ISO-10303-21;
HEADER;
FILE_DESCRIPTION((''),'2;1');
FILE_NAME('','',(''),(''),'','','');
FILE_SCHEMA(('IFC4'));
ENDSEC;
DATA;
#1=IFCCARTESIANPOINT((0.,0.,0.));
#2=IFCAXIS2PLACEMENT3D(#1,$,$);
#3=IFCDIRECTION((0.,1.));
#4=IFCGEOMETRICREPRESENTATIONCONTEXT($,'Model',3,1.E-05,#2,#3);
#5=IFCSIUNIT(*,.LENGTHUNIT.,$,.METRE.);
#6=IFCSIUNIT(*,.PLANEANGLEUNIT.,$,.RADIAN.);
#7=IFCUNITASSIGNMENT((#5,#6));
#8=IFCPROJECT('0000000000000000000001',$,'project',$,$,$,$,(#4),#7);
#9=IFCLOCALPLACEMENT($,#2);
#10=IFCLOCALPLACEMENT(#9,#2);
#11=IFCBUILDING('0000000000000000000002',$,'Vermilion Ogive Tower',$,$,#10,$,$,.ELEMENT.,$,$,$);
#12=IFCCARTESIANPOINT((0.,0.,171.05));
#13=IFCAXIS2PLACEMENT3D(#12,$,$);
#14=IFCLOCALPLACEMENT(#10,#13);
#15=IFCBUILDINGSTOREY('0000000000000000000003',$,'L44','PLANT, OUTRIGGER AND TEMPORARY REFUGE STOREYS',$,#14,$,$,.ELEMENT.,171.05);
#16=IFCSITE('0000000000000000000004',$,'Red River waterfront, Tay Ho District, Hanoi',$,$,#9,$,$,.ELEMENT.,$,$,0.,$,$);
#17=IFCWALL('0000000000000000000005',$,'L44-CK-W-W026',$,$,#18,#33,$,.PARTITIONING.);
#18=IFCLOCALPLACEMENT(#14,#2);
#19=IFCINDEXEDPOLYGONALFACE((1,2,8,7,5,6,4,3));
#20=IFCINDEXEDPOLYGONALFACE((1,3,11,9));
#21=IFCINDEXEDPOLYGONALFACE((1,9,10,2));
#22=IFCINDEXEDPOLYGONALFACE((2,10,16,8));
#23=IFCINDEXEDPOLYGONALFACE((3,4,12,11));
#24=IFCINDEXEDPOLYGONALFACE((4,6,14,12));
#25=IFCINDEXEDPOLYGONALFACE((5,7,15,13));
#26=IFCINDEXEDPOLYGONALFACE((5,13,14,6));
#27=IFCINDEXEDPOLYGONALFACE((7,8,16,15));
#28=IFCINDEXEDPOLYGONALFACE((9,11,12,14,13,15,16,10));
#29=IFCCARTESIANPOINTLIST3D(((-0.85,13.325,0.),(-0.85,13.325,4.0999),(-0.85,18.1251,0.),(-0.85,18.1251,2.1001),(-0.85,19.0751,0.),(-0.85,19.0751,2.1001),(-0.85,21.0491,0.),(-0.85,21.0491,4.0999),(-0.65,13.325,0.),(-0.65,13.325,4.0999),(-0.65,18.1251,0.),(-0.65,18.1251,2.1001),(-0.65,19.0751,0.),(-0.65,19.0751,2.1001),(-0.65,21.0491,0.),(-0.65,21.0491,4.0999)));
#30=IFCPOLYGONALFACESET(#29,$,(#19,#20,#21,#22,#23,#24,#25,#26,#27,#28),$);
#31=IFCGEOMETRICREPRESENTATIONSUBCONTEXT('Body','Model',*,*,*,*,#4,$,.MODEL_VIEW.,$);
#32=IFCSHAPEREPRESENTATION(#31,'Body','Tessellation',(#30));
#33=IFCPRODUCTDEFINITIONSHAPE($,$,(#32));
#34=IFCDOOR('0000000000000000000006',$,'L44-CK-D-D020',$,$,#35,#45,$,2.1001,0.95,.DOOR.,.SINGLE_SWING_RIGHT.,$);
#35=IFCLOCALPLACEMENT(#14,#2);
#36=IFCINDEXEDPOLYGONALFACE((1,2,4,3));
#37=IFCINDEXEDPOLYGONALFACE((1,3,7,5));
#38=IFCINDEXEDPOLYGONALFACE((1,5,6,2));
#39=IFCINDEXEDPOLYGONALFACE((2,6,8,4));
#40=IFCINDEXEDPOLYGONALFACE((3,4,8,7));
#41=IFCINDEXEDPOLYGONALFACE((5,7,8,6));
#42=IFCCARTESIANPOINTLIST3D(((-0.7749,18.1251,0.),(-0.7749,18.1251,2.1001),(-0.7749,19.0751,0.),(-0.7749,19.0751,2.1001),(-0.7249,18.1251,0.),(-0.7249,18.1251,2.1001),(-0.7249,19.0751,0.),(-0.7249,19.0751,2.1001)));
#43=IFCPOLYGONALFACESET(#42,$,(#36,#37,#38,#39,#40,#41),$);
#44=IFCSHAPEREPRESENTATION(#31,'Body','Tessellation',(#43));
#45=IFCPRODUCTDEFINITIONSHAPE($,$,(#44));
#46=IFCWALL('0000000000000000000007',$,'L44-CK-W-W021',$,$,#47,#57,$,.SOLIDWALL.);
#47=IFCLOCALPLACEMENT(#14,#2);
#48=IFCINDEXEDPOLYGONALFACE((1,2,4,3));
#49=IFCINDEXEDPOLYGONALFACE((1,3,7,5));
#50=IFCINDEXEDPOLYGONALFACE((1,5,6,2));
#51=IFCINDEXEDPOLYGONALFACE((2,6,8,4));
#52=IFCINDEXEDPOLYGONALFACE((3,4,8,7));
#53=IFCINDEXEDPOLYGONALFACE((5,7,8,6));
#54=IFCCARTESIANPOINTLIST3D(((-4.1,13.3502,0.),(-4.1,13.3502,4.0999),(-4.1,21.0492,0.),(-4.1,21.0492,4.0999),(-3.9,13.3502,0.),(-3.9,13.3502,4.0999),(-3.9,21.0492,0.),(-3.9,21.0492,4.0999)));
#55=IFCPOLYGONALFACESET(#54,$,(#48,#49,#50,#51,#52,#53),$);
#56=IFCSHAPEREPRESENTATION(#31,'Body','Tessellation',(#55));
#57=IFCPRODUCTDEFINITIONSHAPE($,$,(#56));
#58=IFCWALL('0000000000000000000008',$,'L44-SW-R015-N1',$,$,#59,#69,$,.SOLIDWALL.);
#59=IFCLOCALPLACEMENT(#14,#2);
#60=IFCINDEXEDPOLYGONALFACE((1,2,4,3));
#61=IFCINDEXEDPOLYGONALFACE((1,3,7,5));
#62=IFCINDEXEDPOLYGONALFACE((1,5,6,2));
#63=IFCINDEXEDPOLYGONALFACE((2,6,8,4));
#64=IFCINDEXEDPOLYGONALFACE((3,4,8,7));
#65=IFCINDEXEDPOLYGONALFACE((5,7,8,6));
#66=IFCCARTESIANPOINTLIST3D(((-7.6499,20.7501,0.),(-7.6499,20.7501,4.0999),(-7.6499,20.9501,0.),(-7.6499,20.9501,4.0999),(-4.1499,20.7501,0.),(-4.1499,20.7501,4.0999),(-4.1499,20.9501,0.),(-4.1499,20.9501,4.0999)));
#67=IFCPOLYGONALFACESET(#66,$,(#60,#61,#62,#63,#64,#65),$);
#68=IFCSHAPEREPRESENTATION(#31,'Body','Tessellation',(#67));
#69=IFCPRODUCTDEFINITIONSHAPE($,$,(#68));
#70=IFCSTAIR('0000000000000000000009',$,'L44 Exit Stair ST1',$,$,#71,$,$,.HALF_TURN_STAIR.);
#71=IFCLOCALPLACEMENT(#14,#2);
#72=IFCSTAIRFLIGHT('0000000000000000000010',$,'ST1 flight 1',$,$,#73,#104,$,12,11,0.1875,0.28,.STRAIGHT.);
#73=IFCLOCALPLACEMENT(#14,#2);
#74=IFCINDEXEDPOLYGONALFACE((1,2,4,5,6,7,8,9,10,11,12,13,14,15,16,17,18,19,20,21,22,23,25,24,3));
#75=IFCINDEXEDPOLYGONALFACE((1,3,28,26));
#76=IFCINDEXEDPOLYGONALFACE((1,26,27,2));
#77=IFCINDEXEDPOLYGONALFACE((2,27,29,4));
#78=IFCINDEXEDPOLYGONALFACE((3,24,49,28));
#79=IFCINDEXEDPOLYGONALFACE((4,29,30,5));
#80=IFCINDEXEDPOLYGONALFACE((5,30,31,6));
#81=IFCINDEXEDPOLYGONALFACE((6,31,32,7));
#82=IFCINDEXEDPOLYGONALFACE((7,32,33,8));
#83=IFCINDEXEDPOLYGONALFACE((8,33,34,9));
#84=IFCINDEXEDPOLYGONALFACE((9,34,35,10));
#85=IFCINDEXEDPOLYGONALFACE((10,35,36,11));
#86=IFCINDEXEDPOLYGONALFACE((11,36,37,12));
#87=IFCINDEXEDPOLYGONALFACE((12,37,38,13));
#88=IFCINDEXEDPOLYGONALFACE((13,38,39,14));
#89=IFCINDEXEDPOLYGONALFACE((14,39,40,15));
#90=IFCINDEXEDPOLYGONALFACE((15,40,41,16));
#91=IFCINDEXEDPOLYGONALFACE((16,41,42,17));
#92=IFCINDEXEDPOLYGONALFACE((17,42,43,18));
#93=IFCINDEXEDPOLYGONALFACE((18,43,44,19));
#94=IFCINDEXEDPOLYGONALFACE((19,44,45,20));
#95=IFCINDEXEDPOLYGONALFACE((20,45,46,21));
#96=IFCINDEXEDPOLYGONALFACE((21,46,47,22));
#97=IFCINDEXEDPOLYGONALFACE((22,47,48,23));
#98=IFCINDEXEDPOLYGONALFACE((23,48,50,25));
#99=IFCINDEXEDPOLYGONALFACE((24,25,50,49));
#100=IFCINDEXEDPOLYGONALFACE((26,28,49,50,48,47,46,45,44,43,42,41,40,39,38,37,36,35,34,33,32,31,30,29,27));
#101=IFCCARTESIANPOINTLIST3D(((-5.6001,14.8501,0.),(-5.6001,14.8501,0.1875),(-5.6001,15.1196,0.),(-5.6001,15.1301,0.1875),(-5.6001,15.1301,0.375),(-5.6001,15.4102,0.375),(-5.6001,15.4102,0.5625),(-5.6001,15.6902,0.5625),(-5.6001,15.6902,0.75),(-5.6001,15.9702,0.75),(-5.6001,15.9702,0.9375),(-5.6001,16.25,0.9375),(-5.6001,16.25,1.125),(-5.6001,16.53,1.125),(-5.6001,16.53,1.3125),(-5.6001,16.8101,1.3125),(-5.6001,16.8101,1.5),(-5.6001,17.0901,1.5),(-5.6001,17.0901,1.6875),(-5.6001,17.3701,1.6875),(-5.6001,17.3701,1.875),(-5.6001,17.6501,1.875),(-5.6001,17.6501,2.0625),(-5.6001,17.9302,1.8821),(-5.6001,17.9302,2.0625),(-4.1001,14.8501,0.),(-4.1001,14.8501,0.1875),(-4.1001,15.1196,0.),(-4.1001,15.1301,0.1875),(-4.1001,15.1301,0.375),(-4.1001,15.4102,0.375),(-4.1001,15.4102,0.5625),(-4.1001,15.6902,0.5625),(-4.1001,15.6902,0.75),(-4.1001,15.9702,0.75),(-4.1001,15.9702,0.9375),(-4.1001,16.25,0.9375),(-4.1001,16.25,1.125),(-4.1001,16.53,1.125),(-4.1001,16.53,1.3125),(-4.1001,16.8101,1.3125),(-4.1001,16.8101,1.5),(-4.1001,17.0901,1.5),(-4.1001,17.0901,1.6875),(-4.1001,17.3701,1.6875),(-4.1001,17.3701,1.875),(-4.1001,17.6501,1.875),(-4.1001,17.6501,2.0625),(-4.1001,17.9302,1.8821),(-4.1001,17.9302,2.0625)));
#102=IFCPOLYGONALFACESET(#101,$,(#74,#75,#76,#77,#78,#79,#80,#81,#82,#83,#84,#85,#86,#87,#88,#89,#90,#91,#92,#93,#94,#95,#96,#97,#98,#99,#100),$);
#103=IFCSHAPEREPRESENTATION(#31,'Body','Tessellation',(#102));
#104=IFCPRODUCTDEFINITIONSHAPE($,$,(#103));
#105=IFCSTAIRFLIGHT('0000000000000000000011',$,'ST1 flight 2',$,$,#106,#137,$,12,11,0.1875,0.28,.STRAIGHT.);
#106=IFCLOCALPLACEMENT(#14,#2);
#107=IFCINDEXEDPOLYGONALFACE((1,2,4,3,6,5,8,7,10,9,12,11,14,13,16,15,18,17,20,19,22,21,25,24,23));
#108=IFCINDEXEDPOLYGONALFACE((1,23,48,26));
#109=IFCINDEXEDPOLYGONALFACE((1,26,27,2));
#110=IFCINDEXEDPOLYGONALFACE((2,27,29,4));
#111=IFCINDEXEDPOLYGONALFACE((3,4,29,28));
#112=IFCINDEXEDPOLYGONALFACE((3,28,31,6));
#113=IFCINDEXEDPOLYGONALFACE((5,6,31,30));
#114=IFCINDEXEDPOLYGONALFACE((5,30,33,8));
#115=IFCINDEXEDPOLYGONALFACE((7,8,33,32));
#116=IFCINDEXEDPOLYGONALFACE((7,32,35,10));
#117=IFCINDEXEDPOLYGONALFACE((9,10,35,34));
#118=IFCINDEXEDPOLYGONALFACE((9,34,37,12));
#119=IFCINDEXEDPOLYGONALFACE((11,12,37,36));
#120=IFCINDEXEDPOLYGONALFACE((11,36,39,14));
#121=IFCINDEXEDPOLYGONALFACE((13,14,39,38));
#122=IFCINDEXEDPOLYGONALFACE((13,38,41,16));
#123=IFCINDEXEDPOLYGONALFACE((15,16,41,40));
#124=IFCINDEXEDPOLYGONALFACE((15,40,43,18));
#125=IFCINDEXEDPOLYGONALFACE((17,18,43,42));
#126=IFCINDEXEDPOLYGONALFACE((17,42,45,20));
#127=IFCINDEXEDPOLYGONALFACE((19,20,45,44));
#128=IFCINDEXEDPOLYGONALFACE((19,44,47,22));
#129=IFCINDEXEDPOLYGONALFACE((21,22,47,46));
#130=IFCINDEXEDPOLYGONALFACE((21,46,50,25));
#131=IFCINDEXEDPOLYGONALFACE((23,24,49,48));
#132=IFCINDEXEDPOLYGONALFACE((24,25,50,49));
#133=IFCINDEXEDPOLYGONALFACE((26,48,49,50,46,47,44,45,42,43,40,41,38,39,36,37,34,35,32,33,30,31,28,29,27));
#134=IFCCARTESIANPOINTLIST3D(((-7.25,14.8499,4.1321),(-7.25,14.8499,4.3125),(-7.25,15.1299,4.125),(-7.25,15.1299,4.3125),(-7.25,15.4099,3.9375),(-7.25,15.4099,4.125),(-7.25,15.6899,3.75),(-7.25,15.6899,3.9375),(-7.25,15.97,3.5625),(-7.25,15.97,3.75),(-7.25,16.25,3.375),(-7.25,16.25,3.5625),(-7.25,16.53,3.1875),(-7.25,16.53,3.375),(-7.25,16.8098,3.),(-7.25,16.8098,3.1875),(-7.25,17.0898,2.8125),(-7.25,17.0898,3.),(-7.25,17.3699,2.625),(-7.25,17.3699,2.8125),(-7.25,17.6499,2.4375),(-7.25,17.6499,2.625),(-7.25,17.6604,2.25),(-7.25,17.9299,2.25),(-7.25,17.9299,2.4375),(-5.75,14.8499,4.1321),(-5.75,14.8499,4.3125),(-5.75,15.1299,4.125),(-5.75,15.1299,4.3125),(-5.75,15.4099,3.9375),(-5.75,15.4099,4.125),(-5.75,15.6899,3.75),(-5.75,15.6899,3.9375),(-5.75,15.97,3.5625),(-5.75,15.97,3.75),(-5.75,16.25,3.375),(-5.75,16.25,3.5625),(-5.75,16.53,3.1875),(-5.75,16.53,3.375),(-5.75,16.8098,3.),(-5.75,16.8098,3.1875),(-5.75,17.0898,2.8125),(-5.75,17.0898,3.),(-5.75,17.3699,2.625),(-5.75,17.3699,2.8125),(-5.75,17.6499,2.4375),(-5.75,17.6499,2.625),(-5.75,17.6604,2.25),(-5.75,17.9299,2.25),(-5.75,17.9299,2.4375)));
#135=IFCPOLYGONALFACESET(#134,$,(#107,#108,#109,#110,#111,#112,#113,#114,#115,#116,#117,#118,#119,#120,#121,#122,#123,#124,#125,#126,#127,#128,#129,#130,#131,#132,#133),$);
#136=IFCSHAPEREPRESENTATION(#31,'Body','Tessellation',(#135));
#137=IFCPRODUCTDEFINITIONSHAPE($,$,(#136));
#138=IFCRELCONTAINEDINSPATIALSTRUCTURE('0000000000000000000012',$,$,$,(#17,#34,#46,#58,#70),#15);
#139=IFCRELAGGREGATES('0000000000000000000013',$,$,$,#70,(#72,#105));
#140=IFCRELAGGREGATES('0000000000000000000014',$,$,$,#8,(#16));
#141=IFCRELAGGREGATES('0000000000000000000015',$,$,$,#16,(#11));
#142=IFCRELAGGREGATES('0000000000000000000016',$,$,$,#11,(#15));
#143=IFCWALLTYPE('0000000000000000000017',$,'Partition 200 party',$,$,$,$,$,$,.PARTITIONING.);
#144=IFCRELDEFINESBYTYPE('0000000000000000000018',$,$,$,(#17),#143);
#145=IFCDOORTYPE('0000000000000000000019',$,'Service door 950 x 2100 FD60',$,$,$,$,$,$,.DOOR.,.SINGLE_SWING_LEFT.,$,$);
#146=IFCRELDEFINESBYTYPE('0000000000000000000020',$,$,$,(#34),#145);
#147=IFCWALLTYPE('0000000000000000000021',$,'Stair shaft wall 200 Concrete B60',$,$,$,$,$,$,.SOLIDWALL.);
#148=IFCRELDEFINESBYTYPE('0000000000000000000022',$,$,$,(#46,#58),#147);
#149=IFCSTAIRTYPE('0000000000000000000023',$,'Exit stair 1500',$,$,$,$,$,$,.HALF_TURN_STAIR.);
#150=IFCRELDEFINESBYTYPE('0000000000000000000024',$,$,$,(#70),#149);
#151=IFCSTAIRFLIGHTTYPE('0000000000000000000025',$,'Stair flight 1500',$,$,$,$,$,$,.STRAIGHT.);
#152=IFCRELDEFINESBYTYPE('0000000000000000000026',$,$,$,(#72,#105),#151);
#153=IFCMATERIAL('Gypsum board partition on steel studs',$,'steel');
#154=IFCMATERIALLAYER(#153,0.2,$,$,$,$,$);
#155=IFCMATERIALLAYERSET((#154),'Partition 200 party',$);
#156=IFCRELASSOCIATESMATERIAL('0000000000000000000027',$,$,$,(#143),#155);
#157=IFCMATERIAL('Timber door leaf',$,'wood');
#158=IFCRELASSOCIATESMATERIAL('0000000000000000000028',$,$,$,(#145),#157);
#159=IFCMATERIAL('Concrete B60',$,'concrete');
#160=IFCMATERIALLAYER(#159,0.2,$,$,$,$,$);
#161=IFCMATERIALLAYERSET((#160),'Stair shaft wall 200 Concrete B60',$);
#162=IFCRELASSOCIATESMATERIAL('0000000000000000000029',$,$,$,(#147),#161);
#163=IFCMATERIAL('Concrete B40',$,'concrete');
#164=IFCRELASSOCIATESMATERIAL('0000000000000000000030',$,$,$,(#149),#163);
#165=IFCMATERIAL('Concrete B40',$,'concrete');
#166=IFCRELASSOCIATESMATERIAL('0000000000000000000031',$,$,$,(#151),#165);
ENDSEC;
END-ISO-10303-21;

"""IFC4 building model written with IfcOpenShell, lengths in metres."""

from ifc_helpers import new_model, si_unit, direction, frame, frame_2d, origin, place, context, subcontext, project, spatial, polyline, rectangle, outline, extrude, material, layer, layer_set, type_object, element, fill, aggregate, save


model = new_model("IFC4")

# Units and contexts
model_context = context("Model", 3, precision=1e-05, world=origin(), true_north=direction((0.0, 1.0)))
body_context = subcontext(model_context, "Body", "Model", "MODEL_VIEW")
ifc_project = project(units=[si_unit("LENGTHUNIT", "METRE"), si_unit("PLANEANGLEUNIT", "RADIAN")], contexts=[model_context])

# Site, building, storey
site_placement = place(None, origin())
site = spatial("IfcSite", under=ifc_project, at=site_placement, Name="Red River waterfront, Tay Ho District, Hanoi", CompositionType="ELEMENT", RefElevation=0.0)
building_placement = place(site_placement, origin())
building = spatial("IfcBuilding", under=site, at=building_placement, Name="Vermilion Ogive Tower", CompositionType="ELEMENT")
storey_placement = place(building_placement, frame((0.0, 0.0, 171.05)))
storey = spatial("IfcBuildingStorey", under=building, at=storey_placement, Name="L44", Description="PLANT, OUTRIGGER AND TEMPORARY REFUGE STOREYS", CompositionType="ELEMENT", Elevation=171.05)

# Shared definitions
ifc_material_1 = material(Name="Gypsum board partition on steel studs", Category="steel")
ifc_layer_1 = layer(ifc_material_1, 0.2)
ifc_layer_set_1 = layer_set([ifc_layer_1], Name="Partition 200 party")
wall_type_1 = type_object("IfcWallType", Name="Partition 200 party", PredefinedType="PARTITIONING", material=ifc_layer_set_1)

# Wall, opening, door
wall_1_placement = place(storey_placement, frame((-0.75, 13.325, 0.0), z_axis=(0.0, 0.0, 1.0), x_axis=(0.0, 1.0, 0.0)))
wall_1 = element("IfcWall", 1, at=wall_1_placement, inside=storey, type_object=wall_type_1, Name="L44-CK-W-W026", PredefinedType="PARTITIONING", context=body_context, shape_type="SweptSolid", body=[
    extrude(rectangle(XDim=7.7241, YDim=0.2, at=frame_2d((3.8621, 0.0))), origin(), (0.0, 0.0, 1.0), 4.0999),
])
opening_1_placement = place(wall_1_placement, frame((4.8, 0.0, 0.0)))
opening_1 = element("IfcOpeningElement", 2, at=opening_1_placement, cuts=wall_1, PredefinedType="OPENING", context=body_context, shape_type="SweptSolid", body=[
    extrude(rectangle(XDim=0.95, YDim=2.1001, at=frame_2d((0.4751, 1.05))), frame((0.0, 0.1099, 0.0), z_axis=(0.0, -1.0, 0.0), x_axis=(1.0, 0.0, 0.0)), (0.0, 0.0, 1.0), 0.22),
])
ifc_material_2 = material(Name="Timber door leaf", Category="wood")
door_type_1 = type_object("IfcDoorType", Name="Service door 950 x 2100 FD60", OperationType="SINGLE_SWING_LEFT", PredefinedType="DOOR", material=ifc_material_2)
door_1_placement = place(opening_1_placement, origin())
door_1 = element("IfcDoor", 3, at=door_1_placement, inside=storey, type_object=door_type_1, Name="L44-CK-D-D020", OperationType="SINGLE_SWING_RIGHT", OverallHeight=2.1001, OverallWidth=0.95, PredefinedType="DOOR", context=body_context, shape_type="SweptSolid", body=[
    extrude(rectangle(XDim=0.95, YDim=2.1001, at=frame_2d((0.4751, 1.05))), frame((0.0, 0.0249, 0.0), z_axis=(0.0, -1.0, 0.0), x_axis=(1.0, 0.0, 0.0)), (0.0, 0.0, 1.0), 0.05),
])
fill(opening_1, door_1)

# Walls
ifc_material_3 = material(Name="Concrete B60", Category="concrete")
ifc_layer_2 = layer(ifc_material_3, 0.2)
ifc_layer_set_2 = layer_set([ifc_layer_2], Name="Stair shaft wall 200 Concrete B60")
wall_type_2 = type_object("IfcWallType", Name="Stair shaft wall 200 Concrete B60", PredefinedType="SOLIDWALL", material=ifc_layer_set_2)
wall_2_placement = place(storey_placement, frame((-4.0, 13.3501, 0.0), z_axis=(0.0, 0.0, 1.0), x_axis=(0.0, 1.0, 0.0)))
element("IfcWall", 4, at=wall_2_placement, inside=storey, type_object=wall_type_2, Name="L44-CK-W-W021", PredefinedType="SOLIDWALL", context=body_context, shape_type="SweptSolid", body=[
    extrude(rectangle(XDim=7.699, YDim=0.2, at=frame_2d((3.8496, 0.0))), origin(), (0.0, 0.0, 1.0), 4.0999),
])
wall_3_placement = place(storey_placement, frame((-7.6499, 20.8501, 0.0), z_axis=(0.0, 0.0, 1.0), x_axis=(1.0, 0.0, 0.0)))
element("IfcWall", 5, at=wall_3_placement, inside=storey, type_object=wall_type_2, Name="L44-SW-R015-N1", PredefinedType="SOLIDWALL", context=body_context, shape_type="SweptSolid", body=[
    extrude(rectangle(XDim=3.5, YDim=0.2, at=frame_2d((1.75, 0.0))), origin(), (0.0, 0.0, 1.0), 4.0999),
])

# Stair, stair flights
ifc_material_4 = material(Name="Concrete B40", Category="concrete")
stair_type = type_object("IfcStairType", Name="Exit stair 1500", PredefinedType="HALF_TURN_STAIR", material=ifc_material_4)
stair_placement = place(storey_placement, origin())
stair = element("IfcStair", 6, at=stair_placement, inside=storey, type_object=stair_type, Name="L44 Exit Stair ST1", PredefinedType="HALF_TURN_STAIR")
ifc_material_5 = material(Name="Concrete B40", Category="concrete")
stair_flight_type = type_object("IfcStairFlightType", Name="Stair flight 1500", PredefinedType="STRAIGHT", material=ifc_material_5)
stair_flight_1_placement = place(storey_placement, frame((-4.8501, 14.8501, 0.0), z_axis=(0.0, 0.0, 1.0), x_axis=(0.0, 1.0, 0.0)))
stair_flight_1 = element("IfcStairFlight", 7, at=stair_flight_1_placement, type_object=stair_flight_type, Name="ST1 flight 1", NumberOfRisers=12, NumberOfTreads=11, PredefinedType="STRAIGHT", RiserHeight=0.1875, TreadLength=0.28, context=body_context, shape_type="SweptSolid", body=[
    extrude(outline(polyline([(0.0, 0.0), (0.0, 0.1875), (0.28, 0.1875), (0.28, 0.375), (0.5601, 0.375), (0.5601, 0.5625), (0.8401, 0.5625), (0.8401, 0.75), (1.1201, 0.75), (1.1201, 0.9375), (1.3999, 0.9375), (1.3999, 1.125), (1.6799, 1.125), (1.6799, 1.3125), (1.96, 1.3125), (1.96, 1.5), (2.24, 1.5), (2.24, 1.6875), (2.52, 1.6875), (2.52, 1.875), (2.8, 1.875), (2.8, 2.0625), (3.0801, 2.0625), (3.0801, 2.25), (3.0801, 1.8821), (0.2695, 0.0), (0.0, 0.0)])), frame((0.0, 0.75, 0.0), z_axis=(0.0, -1.0, 0.0), x_axis=(1.0, 0.0, 0.0)), (0.0, 0.0, 1.0), 1.5),
])
stair_flight_2_placement = place(storey_placement, frame((-6.5, 17.9299, 2.25), z_axis=(0.0, 0.0, 1.0), x_axis=(0.0, -1.0, 0.0)))
stair_flight_2 = element("IfcStairFlight", 8, at=stair_flight_2_placement, type_object=stair_flight_type, Name="ST1 flight 2", NumberOfRisers=12, NumberOfTreads=11, PredefinedType="STRAIGHT", RiserHeight=0.1875, TreadLength=0.28, context=body_context, shape_type="SweptSolid", body=[
    extrude(outline(polyline([(0.0, 0.0), (0.0, 0.1875), (0.28, 0.1875), (0.28, 0.375), (0.5601, 0.375), (0.5601, 0.5625), (0.8401, 0.5625), (0.8401, 0.75), (1.1201, 0.75), (1.1201, 0.9375), (1.3999, 0.9375), (1.3999, 1.125), (1.6799, 1.125), (1.6799, 1.3125), (1.96, 1.3125), (1.96, 1.5), (2.24, 1.5), (2.24, 1.6875), (2.52, 1.6875), (2.52, 1.875), (2.8, 1.875), (2.8, 2.0625), (3.0801, 2.0625), (3.0801, 2.25), (3.0801, 1.8821), (0.2695, 0.0), (0.0, 0.0)])), frame((0.0, 0.75, 0.0), z_axis=(0.0, -1.0, 0.0), x_axis=(1.0, 0.0, 0.0)), (0.0, 0.0, 1.0), 1.5),
])
aggregate(stair, [stair_flight_1, stair_flight_2])

save(model, "model.ifc")
